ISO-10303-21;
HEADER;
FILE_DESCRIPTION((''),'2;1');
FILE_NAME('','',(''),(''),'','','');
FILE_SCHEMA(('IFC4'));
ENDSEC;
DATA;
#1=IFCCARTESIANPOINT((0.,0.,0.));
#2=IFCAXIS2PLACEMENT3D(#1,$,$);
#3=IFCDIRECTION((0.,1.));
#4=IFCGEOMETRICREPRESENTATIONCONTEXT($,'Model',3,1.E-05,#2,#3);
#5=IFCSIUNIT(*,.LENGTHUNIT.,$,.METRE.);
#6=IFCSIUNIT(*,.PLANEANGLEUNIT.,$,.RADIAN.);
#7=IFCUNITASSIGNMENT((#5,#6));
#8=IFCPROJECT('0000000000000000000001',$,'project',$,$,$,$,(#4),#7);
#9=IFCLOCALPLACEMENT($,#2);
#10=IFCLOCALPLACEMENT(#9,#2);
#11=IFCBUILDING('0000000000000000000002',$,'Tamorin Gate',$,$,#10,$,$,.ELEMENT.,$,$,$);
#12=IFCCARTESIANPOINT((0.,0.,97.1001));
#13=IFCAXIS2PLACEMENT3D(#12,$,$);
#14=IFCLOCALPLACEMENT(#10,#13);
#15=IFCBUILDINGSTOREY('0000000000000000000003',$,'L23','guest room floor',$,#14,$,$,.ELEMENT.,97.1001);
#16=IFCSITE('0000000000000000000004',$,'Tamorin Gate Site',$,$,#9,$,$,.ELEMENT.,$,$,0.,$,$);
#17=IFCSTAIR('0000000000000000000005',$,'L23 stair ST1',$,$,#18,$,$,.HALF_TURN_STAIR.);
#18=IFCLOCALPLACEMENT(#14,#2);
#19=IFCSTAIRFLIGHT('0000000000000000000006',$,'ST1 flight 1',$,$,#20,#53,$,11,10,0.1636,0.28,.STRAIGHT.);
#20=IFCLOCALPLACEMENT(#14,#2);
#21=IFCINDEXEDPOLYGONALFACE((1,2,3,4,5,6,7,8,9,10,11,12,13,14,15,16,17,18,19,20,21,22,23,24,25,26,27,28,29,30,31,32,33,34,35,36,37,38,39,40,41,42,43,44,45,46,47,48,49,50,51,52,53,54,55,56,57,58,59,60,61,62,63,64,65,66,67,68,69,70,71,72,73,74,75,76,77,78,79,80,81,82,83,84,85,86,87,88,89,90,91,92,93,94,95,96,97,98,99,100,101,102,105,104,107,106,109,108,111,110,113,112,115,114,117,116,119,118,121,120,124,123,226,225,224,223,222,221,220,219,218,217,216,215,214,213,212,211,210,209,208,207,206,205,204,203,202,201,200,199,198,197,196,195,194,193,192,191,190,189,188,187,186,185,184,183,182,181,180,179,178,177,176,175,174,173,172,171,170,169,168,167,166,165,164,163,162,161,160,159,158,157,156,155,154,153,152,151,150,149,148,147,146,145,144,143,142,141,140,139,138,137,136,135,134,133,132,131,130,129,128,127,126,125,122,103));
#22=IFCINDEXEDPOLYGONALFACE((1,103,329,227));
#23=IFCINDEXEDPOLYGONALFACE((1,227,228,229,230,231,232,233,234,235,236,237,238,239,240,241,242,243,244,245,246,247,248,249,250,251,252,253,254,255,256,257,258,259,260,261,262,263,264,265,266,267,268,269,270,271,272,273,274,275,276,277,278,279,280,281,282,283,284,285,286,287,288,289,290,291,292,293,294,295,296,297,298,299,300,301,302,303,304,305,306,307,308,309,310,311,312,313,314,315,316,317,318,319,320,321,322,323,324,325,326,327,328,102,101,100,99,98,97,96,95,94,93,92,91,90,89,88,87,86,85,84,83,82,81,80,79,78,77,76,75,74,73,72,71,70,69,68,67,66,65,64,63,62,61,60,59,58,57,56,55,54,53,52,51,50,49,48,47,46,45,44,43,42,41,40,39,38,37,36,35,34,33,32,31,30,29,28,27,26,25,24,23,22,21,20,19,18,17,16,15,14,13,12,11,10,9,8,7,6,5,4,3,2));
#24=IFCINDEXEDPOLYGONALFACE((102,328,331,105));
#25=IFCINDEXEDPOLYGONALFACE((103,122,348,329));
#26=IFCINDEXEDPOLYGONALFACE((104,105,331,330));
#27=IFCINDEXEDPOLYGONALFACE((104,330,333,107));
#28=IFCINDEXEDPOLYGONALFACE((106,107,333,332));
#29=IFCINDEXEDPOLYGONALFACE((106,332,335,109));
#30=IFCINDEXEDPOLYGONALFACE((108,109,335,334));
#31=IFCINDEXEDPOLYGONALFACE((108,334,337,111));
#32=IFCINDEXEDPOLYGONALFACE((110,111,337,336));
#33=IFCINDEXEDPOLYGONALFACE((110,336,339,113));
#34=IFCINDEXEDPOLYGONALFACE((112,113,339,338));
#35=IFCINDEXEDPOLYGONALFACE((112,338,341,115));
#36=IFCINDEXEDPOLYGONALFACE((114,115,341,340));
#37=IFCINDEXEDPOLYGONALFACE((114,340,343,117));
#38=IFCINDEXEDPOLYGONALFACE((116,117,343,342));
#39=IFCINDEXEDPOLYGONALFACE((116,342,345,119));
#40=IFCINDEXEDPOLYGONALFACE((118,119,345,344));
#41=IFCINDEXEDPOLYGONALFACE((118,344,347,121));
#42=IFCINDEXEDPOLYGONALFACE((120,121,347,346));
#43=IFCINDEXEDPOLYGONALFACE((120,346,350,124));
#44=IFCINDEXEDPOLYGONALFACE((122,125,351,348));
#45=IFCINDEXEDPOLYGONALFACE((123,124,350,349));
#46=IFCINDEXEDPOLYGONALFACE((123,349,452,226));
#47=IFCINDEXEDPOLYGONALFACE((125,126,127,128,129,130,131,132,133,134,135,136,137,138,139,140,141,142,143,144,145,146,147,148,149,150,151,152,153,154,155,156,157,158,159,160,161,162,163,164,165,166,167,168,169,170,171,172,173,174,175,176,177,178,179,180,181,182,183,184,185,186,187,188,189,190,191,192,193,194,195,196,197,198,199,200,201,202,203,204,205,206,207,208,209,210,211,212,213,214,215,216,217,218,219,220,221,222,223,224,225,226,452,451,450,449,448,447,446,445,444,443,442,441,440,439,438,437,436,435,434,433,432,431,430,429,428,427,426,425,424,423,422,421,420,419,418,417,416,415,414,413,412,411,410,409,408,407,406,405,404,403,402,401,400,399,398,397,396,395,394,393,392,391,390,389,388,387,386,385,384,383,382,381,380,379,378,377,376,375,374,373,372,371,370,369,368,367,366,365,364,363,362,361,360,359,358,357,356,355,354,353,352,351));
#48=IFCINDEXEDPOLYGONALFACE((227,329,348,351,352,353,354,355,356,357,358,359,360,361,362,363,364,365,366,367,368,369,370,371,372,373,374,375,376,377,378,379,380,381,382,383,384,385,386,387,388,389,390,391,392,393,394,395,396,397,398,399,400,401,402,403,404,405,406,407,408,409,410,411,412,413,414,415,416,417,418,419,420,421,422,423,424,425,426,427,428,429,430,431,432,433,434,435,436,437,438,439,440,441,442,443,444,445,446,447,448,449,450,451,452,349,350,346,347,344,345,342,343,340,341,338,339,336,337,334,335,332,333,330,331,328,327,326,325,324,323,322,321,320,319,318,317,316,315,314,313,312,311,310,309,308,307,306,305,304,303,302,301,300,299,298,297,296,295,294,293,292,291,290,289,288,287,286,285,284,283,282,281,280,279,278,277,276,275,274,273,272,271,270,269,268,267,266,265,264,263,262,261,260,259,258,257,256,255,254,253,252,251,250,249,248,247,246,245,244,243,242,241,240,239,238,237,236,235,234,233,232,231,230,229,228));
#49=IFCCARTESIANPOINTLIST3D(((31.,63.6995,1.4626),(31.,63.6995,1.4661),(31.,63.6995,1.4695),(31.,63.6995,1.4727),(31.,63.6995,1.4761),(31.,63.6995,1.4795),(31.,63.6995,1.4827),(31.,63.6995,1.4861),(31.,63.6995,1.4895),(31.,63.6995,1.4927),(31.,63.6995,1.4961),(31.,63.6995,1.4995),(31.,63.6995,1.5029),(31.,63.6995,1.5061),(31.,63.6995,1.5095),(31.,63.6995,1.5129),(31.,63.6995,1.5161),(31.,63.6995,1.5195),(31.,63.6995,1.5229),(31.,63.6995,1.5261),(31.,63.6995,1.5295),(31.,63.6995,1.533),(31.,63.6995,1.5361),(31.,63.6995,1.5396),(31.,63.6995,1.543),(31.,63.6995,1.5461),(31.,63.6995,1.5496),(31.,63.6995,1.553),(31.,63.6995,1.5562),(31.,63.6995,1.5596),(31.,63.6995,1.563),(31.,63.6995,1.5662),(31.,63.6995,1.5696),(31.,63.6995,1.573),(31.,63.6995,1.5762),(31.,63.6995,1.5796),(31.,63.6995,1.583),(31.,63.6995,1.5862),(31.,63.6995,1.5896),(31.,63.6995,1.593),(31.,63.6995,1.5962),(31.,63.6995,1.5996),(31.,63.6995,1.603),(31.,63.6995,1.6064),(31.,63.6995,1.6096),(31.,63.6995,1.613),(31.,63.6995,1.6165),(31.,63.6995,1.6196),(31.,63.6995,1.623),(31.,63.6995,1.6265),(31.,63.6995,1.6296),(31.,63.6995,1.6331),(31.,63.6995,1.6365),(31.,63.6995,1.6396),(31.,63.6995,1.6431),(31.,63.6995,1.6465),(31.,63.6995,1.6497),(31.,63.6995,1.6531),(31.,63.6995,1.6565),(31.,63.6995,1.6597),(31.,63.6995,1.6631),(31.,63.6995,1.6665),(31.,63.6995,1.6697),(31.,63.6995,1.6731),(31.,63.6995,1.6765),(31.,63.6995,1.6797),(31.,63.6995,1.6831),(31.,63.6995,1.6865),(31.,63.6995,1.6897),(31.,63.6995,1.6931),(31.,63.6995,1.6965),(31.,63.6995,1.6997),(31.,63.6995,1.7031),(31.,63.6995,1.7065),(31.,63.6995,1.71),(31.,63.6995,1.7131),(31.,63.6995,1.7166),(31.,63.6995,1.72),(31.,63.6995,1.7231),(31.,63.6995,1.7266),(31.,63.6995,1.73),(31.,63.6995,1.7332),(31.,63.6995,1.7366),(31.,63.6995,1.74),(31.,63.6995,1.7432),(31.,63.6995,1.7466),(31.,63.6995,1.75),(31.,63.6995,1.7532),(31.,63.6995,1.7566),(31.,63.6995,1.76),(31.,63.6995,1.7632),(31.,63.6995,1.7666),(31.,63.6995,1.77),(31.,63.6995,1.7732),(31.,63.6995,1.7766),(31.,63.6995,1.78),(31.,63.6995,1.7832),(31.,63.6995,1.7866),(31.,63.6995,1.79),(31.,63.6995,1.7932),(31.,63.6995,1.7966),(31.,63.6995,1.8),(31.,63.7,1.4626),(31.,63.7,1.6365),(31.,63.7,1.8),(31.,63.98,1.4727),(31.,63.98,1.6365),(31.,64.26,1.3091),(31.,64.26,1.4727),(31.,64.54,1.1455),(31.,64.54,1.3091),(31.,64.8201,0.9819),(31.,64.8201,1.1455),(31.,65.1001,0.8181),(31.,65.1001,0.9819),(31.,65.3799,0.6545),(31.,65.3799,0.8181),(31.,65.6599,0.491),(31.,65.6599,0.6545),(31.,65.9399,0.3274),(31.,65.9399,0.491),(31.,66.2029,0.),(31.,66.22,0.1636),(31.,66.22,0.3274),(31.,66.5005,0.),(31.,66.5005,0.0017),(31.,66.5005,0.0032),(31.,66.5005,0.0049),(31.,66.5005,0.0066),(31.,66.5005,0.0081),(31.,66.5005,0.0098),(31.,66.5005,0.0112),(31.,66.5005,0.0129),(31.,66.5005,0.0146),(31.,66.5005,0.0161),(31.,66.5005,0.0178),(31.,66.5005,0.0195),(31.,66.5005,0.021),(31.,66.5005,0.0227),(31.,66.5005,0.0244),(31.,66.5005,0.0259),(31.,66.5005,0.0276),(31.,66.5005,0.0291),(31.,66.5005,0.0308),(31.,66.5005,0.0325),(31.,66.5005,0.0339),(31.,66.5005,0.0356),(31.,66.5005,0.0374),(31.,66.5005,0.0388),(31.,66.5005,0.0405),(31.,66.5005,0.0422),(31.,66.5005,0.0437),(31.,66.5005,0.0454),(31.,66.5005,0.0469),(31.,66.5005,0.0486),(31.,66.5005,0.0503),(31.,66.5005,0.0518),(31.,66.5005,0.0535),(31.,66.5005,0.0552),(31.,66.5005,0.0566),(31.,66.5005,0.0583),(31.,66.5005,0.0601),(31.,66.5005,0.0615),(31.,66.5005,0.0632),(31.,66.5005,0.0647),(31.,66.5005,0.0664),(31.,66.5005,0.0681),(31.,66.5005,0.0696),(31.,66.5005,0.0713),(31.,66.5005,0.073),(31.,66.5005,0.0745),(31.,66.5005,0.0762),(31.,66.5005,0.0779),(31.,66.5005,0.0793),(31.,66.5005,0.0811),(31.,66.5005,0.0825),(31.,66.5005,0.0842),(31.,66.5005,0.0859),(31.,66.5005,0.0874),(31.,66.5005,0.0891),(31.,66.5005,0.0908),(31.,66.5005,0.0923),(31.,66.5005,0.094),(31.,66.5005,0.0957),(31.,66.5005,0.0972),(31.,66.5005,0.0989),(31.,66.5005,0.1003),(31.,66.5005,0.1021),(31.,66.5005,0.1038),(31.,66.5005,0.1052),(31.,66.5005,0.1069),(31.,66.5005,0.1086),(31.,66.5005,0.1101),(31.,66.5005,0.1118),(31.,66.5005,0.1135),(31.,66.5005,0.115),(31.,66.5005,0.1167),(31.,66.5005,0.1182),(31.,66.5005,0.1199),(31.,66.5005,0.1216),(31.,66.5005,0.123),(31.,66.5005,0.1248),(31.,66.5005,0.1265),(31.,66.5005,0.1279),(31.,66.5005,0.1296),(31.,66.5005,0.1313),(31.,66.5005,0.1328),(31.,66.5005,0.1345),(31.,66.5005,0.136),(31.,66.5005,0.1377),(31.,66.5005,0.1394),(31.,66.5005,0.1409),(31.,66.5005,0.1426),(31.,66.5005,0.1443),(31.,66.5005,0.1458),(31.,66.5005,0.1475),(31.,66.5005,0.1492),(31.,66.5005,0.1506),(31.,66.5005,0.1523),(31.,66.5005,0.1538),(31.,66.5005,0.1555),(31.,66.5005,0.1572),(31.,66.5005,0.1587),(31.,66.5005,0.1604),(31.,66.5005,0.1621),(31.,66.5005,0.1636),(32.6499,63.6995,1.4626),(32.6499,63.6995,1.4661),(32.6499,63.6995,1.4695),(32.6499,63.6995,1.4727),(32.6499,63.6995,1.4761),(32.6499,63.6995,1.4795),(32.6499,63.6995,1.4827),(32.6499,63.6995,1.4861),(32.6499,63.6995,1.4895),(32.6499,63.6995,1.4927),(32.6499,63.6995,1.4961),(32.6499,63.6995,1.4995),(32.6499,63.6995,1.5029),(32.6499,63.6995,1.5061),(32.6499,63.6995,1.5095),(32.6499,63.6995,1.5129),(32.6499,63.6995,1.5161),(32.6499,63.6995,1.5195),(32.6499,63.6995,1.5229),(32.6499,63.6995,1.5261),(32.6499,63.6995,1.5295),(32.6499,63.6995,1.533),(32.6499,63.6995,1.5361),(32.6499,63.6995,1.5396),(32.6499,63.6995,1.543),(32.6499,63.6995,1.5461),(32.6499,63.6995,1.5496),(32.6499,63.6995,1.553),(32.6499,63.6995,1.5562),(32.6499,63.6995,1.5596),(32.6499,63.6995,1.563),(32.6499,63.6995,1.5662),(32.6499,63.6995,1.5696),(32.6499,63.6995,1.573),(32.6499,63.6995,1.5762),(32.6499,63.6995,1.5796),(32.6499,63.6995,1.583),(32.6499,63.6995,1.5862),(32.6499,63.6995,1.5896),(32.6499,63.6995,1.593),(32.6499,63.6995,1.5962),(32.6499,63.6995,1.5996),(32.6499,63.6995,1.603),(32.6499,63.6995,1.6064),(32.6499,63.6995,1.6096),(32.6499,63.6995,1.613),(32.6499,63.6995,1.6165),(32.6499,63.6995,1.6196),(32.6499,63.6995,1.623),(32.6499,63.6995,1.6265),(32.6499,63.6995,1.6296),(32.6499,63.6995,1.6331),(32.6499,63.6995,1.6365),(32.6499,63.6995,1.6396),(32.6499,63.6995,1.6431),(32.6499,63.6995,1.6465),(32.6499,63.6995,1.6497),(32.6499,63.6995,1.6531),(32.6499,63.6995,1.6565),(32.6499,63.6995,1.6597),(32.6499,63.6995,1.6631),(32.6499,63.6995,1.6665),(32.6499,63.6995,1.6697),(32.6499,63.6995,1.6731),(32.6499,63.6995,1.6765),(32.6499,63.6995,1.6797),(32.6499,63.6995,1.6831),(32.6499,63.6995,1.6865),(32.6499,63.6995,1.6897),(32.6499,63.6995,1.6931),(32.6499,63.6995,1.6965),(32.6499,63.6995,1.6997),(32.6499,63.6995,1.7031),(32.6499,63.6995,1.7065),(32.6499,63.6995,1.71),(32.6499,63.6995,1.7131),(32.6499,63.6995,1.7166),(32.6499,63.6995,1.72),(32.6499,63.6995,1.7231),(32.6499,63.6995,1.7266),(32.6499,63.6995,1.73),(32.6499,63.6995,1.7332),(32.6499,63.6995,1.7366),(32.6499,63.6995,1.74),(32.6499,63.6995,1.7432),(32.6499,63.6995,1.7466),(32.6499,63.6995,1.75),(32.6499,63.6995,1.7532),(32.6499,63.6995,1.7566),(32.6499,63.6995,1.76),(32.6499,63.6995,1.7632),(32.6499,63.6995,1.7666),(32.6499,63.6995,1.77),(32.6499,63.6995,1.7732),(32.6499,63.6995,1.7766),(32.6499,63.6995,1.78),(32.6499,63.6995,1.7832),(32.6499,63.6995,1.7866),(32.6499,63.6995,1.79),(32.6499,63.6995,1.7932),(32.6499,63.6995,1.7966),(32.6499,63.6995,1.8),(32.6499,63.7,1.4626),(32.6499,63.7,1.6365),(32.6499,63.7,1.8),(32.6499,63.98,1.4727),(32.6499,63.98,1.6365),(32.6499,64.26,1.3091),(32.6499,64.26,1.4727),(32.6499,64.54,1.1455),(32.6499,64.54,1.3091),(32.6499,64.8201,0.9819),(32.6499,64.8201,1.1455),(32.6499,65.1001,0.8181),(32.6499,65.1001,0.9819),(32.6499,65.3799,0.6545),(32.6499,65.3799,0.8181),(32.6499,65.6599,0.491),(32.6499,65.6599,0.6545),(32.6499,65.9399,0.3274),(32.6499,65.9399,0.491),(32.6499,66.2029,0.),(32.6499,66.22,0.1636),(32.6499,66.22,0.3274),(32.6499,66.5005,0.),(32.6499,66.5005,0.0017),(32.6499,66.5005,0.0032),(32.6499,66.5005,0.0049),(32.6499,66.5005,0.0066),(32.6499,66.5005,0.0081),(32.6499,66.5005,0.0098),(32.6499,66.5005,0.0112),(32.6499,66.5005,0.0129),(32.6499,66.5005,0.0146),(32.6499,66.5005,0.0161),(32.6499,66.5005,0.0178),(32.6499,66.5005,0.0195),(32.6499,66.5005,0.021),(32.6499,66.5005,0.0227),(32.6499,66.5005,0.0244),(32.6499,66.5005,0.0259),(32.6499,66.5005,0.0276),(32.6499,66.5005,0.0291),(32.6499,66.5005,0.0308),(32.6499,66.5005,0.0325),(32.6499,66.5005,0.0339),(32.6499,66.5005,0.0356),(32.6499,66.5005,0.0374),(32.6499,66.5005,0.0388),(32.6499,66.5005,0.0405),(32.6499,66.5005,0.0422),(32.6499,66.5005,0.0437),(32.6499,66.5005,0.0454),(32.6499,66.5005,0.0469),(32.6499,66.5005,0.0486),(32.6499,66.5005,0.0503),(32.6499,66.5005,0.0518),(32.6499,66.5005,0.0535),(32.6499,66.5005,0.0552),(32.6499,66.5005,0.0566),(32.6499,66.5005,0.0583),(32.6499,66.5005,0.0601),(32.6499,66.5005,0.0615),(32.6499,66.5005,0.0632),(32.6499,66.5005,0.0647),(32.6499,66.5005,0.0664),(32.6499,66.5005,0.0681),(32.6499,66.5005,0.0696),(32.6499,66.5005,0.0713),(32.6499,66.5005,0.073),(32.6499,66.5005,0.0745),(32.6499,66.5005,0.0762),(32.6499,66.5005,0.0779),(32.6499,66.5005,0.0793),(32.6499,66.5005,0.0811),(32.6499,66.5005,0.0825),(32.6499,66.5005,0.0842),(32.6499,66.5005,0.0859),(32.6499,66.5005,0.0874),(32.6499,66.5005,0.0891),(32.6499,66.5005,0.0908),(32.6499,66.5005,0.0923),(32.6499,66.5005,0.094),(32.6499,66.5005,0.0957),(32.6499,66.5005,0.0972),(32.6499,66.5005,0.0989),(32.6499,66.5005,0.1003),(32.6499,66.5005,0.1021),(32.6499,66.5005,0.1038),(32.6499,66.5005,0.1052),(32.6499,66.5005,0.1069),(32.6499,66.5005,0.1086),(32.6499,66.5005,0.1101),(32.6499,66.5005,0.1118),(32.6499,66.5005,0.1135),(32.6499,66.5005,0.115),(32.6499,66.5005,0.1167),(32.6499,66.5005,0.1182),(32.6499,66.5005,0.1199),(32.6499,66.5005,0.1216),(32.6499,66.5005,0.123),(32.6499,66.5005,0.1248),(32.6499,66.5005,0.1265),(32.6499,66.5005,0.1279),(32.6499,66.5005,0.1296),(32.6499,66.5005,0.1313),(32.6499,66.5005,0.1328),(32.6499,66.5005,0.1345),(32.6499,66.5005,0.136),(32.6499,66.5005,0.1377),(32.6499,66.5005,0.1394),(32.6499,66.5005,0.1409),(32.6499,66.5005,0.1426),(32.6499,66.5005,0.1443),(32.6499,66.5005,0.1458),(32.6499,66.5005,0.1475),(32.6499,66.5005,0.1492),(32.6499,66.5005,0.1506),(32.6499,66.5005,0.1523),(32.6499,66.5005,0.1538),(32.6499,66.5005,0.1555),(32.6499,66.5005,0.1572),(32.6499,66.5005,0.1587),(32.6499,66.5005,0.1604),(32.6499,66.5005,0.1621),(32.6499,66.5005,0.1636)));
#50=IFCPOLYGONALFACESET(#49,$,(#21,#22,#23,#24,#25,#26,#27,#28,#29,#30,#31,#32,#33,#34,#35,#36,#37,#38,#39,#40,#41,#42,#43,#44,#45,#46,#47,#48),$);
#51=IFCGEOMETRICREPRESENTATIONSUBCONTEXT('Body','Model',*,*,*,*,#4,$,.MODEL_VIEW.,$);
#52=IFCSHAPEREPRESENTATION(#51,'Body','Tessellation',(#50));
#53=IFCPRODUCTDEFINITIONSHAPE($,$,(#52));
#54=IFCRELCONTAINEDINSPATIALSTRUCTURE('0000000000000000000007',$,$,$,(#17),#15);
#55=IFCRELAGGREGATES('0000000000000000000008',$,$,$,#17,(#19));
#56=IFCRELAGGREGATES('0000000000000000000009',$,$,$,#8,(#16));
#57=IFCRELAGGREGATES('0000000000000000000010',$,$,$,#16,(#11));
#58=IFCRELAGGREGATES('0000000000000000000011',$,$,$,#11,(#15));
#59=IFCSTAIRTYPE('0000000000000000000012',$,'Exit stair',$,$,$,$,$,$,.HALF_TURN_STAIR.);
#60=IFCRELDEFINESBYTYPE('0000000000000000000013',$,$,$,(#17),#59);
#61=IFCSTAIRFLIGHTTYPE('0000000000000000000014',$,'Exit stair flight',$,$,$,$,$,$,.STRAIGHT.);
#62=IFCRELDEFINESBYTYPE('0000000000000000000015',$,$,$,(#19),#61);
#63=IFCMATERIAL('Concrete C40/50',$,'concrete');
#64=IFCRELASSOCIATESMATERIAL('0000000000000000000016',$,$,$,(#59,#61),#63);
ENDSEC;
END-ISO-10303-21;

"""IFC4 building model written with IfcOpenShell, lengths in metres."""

from ifc_helpers import new_model, si_unit, direction, frame, origin, place, context, subcontext, project, spatial, polyline, outline, extrude, material, type_object, element, aggregate, save


model = new_model("IFC4")

# Units and contexts
model_context = context("Model", 3, precision=1e-05, world=origin(), true_north=direction((0.0, 1.0)))
body_context = subcontext(model_context, "Body", "Model", "MODEL_VIEW")
ifc_project = project(units=[si_unit("LENGTHUNIT", "METRE"), si_unit("PLANEANGLEUNIT", "RADIAN")], contexts=[model_context])

# Site, building, storey
site_placement = place(None, origin())
site = spatial("IfcSite", under=ifc_project, at=site_placement, Name="Tamorin Gate Site", CompositionType="ELEMENT", RefElevation=0.0)
building_placement = place(site_placement, origin())
building = spatial("IfcBuilding", under=site, at=building_placement, Name="Tamorin Gate", CompositionType="ELEMENT")
storey_placement = place(building_placement, frame((0.0, 0.0, 97.1001)))
storey = spatial("IfcBuildingStorey", under=building, at=storey_placement, Name="L23", Description="guest room floor", CompositionType="ELEMENT", Elevation=97.1001)

# Shared definitions
ifc_material_1 = material(Name="Concrete C40/50", Category="concrete")

# Stair, stair flight
stair_type = type_object("IfcStairType", Name="Exit stair", PredefinedType="HALF_TURN_STAIR", material=ifc_material_1)
stair_placement = place(storey_placement, origin())
stair = element("IfcStair", 1, at=stair_placement, inside=storey, type_object=stair_type, Name="L23 stair ST1", PredefinedType="HALF_TURN_STAIR")
stair_flight_type = type_object("IfcStairFlightType", Name="Exit stair flight", PredefinedType="STRAIGHT", material=ifc_material_1)
stair_flight_1_placement = place(storey_placement, frame((31.825, 66.5, 0.0), z_axis=(0.0, 0.0, 1.0), x_axis=(0.0, -1.0, 0.0)))
stair_flight_1 = element("IfcStairFlight", 2, at=stair_flight_1_placement, type_object=stair_flight_type, Name="ST1 flight 1", NumberOfRisers=11, NumberOfTreads=10, PredefinedType="STRAIGHT", RiserHeight=0.1636, TreadLength=0.28, context=body_context, shape_type="SweptSolid", body=[
    extrude(outline(polyline([(-0.0005, 0.0), (-0.0005, 0.0017), (-0.0005, 0.0032), (-0.0005, 0.0049), (-0.0005, 0.0066), (-0.0005, 0.0081), (-0.0005, 0.0098), (-0.0005, 0.0112), (-0.0005, 0.0129), (-0.0005, 0.0146), (-0.0005, 0.0161), (-0.0005, 0.0178), (-0.0005, 0.0195), (-0.0005, 0.021), (-0.0005, 0.0227), (-0.0005, 0.0244), (-0.0005, 0.0259), (-0.0005, 0.0276), (-0.0005, 0.0291), (-0.0005, 0.0308), (-0.0005, 0.0325), (-0.0005, 0.0339), (-0.0005, 0.0356), (-0.0005, 0.0374), (-0.0005, 0.0388), (-0.0005, 0.0405), (-0.0005, 0.0422), (-0.0005, 0.0437), (-0.0005, 0.0454), (-0.0005, 0.0469), (-0.0005, 0.0486), (-0.0005, 0.0503), (-0.0005, 0.0518), (-0.0005, 0.0535), (-0.0005, 0.0552), (-0.0005, 0.0566), (-0.0005, 0.0583), (-0.0005, 0.0601), (-0.0005, 0.0615), (-0.0005, 0.0632), (-0.0005, 0.0647), (-0.0005, 0.0664), (-0.0005, 0.0681), (-0.0005, 0.0696), (-0.0005, 0.0713), (-0.0005, 0.073), (-0.0005, 0.0745), (-0.0005, 0.0762), (-0.0005, 0.0779), (-0.0005, 0.0793), (-0.0005, 0.0811), (-0.0005, 0.0825), (-0.0005, 0.0842), (-0.0005, 0.0859), (-0.0005, 0.0874), (-0.0005, 0.0891), (-0.0005, 0.0908), (-0.0005, 0.0923), (-0.0005, 0.094), (-0.0005, 0.0957), (-0.0005, 0.0972), (-0.0005, 0.0989), (-0.0005, 0.1003), (-0.0005, 0.1021), (-0.0005, 0.1038), (-0.0005, 0.1052), (-0.0005, 0.1069), (-0.0005, 0.1086), (-0.0005, 0.1101), (-0.0005, 0.1118), (-0.0005, 0.1135), (-0.0005, 0.115), (-0.0005, 0.1167), (-0.0005, 0.1182), (-0.0005, 0.1199), (-0.0005, 0.1216), (-0.0005, 0.123), (-0.0005, 0.1248), (-0.0005, 0.1265), (-0.0005, 0.1279), (-0.0005, 0.1296), (-0.0005, 0.1313), (-0.0005, 0.1328), (-0.0005, 0.1345), (-0.0005, 0.136), (-0.0005, 0.1377), (-0.0005, 0.1394), (-0.0005, 0.1409), (-0.0005, 0.1426), (-0.0005, 0.1443), (-0.0005, 0.1458), (-0.0005, 0.1475), (-0.0005, 0.1492), (-0.0005, 0.1506), (-0.0005, 0.1523), (-0.0005, 0.1538), (-0.0005, 0.1555), (-0.0005, 0.1572), (-0.0005, 0.1587), (-0.0005, 0.1604), (-0.0005, 0.1621), (-0.0005, 0.1636), (0.28, 0.1636), (0.28, 0.3274), (0.5601, 0.3274), (0.5601, 0.491), (0.8401, 0.491), (0.8401, 0.6545), (1.1201, 0.6545), (1.1201, 0.8181), (1.3999, 0.8181), (1.3999, 0.9819), (1.6799, 0.9819), (1.6799, 1.1455), (1.96, 1.1455), (1.96, 1.3091), (2.24, 1.3091), (2.24, 1.4727), (2.52, 1.4727), (2.52, 1.6365), (2.8, 1.6365), (2.8, 1.8), (2.8005, 1.8), (2.8005, 1.7966), (2.8005, 1.7932), (2.8005, 1.79), (2.8005, 1.7866), (2.8005, 1.7832), (2.8005, 1.78), (2.8005, 1.7766), (2.8005, 1.7732), (2.8005, 1.77), (2.8005, 1.7666), (2.8005, 1.7632), (2.8005, 1.76), (2.8005, 1.7566), (2.8005, 1.7532), (2.8005, 1.75), (2.8005, 1.7466), (2.8005, 1.7432), (2.8005, 1.74), (2.8005, 1.7366), (2.8005, 1.7332), (2.8005, 1.73), (2.8005, 1.7266), (2.8005, 1.7231), (2.8005, 1.72), (2.8005, 1.7166), (2.8005, 1.7131), (2.8005, 1.71), (2.8005, 1.7065), (2.8005, 1.7031), (2.8005, 1.6997), (2.8005, 1.6965), (2.8005, 1.6931), (2.8005, 1.6897), (2.8005, 1.6865), (2.8005, 1.6831), (2.8005, 1.6797), (2.8005, 1.6765), (2.8005, 1.6731), (2.8005, 1.6697), (2.8005, 1.6665), (2.8005, 1.6631), (2.8005, 1.6597), (2.8005, 1.6565), (2.8005, 1.6531), (2.8005, 1.6497), (2.8005, 1.6465), (2.8005, 1.6431), (2.8005, 1.6396), (2.8005, 1.6365), (2.8005, 1.6331), (2.8005, 1.6296), (2.8005, 1.6265), (2.8005, 1.623), (2.8005, 1.6196), (2.8005, 1.6165), (2.8005, 1.613), (2.8005, 1.6096), (2.8005, 1.6064), (2.8005, 1.603), (2.8005, 1.5996), (2.8005, 1.5962), (2.8005, 1.593), (2.8005, 1.5896), (2.8005, 1.5862), (2.8005, 1.583), (2.8005, 1.5796), (2.8005, 1.5762), (2.8005, 1.573), (2.8005, 1.5696), (2.8005, 1.5662), (2.8005, 1.563), (2.8005, 1.5596), (2.8005, 1.5562), (2.8005, 1.553), (2.8005, 1.5496), (2.8005, 1.5461), (2.8005, 1.543), (2.8005, 1.5396), (2.8005, 1.5361), (2.8005, 1.533), (2.8005, 1.5295), (2.8005, 1.5261), (2.8005, 1.5229), (2.8005, 1.5195), (2.8005, 1.5161), (2.8005, 1.5129), (2.8005, 1.5095), (2.8005, 1.5061), (2.8005, 1.5029), (2.8005, 1.4995), (2.8005, 1.4961), (2.8005, 1.4927), (2.8005, 1.4895), (2.8005, 1.4861), (2.8005, 1.4827), (2.8005, 1.4795), (2.8005, 1.4761), (2.8005, 1.4727), (2.8005, 1.4695), (2.8005, 1.4661), (2.8005, 1.4626), (2.8, 1.4626), (0.2971, 0.0), (-0.0005, 0.0)])), frame((0.0, 0.825, 0.0), z_axis=(0.0, -1.0, 0.0), x_axis=(1.0, 0.0, 0.0)), (0.0, 0.0, 1.0), 1.6499),
])
aggregate(stair, [stair_flight_1])

save(model, "model.ifc")
